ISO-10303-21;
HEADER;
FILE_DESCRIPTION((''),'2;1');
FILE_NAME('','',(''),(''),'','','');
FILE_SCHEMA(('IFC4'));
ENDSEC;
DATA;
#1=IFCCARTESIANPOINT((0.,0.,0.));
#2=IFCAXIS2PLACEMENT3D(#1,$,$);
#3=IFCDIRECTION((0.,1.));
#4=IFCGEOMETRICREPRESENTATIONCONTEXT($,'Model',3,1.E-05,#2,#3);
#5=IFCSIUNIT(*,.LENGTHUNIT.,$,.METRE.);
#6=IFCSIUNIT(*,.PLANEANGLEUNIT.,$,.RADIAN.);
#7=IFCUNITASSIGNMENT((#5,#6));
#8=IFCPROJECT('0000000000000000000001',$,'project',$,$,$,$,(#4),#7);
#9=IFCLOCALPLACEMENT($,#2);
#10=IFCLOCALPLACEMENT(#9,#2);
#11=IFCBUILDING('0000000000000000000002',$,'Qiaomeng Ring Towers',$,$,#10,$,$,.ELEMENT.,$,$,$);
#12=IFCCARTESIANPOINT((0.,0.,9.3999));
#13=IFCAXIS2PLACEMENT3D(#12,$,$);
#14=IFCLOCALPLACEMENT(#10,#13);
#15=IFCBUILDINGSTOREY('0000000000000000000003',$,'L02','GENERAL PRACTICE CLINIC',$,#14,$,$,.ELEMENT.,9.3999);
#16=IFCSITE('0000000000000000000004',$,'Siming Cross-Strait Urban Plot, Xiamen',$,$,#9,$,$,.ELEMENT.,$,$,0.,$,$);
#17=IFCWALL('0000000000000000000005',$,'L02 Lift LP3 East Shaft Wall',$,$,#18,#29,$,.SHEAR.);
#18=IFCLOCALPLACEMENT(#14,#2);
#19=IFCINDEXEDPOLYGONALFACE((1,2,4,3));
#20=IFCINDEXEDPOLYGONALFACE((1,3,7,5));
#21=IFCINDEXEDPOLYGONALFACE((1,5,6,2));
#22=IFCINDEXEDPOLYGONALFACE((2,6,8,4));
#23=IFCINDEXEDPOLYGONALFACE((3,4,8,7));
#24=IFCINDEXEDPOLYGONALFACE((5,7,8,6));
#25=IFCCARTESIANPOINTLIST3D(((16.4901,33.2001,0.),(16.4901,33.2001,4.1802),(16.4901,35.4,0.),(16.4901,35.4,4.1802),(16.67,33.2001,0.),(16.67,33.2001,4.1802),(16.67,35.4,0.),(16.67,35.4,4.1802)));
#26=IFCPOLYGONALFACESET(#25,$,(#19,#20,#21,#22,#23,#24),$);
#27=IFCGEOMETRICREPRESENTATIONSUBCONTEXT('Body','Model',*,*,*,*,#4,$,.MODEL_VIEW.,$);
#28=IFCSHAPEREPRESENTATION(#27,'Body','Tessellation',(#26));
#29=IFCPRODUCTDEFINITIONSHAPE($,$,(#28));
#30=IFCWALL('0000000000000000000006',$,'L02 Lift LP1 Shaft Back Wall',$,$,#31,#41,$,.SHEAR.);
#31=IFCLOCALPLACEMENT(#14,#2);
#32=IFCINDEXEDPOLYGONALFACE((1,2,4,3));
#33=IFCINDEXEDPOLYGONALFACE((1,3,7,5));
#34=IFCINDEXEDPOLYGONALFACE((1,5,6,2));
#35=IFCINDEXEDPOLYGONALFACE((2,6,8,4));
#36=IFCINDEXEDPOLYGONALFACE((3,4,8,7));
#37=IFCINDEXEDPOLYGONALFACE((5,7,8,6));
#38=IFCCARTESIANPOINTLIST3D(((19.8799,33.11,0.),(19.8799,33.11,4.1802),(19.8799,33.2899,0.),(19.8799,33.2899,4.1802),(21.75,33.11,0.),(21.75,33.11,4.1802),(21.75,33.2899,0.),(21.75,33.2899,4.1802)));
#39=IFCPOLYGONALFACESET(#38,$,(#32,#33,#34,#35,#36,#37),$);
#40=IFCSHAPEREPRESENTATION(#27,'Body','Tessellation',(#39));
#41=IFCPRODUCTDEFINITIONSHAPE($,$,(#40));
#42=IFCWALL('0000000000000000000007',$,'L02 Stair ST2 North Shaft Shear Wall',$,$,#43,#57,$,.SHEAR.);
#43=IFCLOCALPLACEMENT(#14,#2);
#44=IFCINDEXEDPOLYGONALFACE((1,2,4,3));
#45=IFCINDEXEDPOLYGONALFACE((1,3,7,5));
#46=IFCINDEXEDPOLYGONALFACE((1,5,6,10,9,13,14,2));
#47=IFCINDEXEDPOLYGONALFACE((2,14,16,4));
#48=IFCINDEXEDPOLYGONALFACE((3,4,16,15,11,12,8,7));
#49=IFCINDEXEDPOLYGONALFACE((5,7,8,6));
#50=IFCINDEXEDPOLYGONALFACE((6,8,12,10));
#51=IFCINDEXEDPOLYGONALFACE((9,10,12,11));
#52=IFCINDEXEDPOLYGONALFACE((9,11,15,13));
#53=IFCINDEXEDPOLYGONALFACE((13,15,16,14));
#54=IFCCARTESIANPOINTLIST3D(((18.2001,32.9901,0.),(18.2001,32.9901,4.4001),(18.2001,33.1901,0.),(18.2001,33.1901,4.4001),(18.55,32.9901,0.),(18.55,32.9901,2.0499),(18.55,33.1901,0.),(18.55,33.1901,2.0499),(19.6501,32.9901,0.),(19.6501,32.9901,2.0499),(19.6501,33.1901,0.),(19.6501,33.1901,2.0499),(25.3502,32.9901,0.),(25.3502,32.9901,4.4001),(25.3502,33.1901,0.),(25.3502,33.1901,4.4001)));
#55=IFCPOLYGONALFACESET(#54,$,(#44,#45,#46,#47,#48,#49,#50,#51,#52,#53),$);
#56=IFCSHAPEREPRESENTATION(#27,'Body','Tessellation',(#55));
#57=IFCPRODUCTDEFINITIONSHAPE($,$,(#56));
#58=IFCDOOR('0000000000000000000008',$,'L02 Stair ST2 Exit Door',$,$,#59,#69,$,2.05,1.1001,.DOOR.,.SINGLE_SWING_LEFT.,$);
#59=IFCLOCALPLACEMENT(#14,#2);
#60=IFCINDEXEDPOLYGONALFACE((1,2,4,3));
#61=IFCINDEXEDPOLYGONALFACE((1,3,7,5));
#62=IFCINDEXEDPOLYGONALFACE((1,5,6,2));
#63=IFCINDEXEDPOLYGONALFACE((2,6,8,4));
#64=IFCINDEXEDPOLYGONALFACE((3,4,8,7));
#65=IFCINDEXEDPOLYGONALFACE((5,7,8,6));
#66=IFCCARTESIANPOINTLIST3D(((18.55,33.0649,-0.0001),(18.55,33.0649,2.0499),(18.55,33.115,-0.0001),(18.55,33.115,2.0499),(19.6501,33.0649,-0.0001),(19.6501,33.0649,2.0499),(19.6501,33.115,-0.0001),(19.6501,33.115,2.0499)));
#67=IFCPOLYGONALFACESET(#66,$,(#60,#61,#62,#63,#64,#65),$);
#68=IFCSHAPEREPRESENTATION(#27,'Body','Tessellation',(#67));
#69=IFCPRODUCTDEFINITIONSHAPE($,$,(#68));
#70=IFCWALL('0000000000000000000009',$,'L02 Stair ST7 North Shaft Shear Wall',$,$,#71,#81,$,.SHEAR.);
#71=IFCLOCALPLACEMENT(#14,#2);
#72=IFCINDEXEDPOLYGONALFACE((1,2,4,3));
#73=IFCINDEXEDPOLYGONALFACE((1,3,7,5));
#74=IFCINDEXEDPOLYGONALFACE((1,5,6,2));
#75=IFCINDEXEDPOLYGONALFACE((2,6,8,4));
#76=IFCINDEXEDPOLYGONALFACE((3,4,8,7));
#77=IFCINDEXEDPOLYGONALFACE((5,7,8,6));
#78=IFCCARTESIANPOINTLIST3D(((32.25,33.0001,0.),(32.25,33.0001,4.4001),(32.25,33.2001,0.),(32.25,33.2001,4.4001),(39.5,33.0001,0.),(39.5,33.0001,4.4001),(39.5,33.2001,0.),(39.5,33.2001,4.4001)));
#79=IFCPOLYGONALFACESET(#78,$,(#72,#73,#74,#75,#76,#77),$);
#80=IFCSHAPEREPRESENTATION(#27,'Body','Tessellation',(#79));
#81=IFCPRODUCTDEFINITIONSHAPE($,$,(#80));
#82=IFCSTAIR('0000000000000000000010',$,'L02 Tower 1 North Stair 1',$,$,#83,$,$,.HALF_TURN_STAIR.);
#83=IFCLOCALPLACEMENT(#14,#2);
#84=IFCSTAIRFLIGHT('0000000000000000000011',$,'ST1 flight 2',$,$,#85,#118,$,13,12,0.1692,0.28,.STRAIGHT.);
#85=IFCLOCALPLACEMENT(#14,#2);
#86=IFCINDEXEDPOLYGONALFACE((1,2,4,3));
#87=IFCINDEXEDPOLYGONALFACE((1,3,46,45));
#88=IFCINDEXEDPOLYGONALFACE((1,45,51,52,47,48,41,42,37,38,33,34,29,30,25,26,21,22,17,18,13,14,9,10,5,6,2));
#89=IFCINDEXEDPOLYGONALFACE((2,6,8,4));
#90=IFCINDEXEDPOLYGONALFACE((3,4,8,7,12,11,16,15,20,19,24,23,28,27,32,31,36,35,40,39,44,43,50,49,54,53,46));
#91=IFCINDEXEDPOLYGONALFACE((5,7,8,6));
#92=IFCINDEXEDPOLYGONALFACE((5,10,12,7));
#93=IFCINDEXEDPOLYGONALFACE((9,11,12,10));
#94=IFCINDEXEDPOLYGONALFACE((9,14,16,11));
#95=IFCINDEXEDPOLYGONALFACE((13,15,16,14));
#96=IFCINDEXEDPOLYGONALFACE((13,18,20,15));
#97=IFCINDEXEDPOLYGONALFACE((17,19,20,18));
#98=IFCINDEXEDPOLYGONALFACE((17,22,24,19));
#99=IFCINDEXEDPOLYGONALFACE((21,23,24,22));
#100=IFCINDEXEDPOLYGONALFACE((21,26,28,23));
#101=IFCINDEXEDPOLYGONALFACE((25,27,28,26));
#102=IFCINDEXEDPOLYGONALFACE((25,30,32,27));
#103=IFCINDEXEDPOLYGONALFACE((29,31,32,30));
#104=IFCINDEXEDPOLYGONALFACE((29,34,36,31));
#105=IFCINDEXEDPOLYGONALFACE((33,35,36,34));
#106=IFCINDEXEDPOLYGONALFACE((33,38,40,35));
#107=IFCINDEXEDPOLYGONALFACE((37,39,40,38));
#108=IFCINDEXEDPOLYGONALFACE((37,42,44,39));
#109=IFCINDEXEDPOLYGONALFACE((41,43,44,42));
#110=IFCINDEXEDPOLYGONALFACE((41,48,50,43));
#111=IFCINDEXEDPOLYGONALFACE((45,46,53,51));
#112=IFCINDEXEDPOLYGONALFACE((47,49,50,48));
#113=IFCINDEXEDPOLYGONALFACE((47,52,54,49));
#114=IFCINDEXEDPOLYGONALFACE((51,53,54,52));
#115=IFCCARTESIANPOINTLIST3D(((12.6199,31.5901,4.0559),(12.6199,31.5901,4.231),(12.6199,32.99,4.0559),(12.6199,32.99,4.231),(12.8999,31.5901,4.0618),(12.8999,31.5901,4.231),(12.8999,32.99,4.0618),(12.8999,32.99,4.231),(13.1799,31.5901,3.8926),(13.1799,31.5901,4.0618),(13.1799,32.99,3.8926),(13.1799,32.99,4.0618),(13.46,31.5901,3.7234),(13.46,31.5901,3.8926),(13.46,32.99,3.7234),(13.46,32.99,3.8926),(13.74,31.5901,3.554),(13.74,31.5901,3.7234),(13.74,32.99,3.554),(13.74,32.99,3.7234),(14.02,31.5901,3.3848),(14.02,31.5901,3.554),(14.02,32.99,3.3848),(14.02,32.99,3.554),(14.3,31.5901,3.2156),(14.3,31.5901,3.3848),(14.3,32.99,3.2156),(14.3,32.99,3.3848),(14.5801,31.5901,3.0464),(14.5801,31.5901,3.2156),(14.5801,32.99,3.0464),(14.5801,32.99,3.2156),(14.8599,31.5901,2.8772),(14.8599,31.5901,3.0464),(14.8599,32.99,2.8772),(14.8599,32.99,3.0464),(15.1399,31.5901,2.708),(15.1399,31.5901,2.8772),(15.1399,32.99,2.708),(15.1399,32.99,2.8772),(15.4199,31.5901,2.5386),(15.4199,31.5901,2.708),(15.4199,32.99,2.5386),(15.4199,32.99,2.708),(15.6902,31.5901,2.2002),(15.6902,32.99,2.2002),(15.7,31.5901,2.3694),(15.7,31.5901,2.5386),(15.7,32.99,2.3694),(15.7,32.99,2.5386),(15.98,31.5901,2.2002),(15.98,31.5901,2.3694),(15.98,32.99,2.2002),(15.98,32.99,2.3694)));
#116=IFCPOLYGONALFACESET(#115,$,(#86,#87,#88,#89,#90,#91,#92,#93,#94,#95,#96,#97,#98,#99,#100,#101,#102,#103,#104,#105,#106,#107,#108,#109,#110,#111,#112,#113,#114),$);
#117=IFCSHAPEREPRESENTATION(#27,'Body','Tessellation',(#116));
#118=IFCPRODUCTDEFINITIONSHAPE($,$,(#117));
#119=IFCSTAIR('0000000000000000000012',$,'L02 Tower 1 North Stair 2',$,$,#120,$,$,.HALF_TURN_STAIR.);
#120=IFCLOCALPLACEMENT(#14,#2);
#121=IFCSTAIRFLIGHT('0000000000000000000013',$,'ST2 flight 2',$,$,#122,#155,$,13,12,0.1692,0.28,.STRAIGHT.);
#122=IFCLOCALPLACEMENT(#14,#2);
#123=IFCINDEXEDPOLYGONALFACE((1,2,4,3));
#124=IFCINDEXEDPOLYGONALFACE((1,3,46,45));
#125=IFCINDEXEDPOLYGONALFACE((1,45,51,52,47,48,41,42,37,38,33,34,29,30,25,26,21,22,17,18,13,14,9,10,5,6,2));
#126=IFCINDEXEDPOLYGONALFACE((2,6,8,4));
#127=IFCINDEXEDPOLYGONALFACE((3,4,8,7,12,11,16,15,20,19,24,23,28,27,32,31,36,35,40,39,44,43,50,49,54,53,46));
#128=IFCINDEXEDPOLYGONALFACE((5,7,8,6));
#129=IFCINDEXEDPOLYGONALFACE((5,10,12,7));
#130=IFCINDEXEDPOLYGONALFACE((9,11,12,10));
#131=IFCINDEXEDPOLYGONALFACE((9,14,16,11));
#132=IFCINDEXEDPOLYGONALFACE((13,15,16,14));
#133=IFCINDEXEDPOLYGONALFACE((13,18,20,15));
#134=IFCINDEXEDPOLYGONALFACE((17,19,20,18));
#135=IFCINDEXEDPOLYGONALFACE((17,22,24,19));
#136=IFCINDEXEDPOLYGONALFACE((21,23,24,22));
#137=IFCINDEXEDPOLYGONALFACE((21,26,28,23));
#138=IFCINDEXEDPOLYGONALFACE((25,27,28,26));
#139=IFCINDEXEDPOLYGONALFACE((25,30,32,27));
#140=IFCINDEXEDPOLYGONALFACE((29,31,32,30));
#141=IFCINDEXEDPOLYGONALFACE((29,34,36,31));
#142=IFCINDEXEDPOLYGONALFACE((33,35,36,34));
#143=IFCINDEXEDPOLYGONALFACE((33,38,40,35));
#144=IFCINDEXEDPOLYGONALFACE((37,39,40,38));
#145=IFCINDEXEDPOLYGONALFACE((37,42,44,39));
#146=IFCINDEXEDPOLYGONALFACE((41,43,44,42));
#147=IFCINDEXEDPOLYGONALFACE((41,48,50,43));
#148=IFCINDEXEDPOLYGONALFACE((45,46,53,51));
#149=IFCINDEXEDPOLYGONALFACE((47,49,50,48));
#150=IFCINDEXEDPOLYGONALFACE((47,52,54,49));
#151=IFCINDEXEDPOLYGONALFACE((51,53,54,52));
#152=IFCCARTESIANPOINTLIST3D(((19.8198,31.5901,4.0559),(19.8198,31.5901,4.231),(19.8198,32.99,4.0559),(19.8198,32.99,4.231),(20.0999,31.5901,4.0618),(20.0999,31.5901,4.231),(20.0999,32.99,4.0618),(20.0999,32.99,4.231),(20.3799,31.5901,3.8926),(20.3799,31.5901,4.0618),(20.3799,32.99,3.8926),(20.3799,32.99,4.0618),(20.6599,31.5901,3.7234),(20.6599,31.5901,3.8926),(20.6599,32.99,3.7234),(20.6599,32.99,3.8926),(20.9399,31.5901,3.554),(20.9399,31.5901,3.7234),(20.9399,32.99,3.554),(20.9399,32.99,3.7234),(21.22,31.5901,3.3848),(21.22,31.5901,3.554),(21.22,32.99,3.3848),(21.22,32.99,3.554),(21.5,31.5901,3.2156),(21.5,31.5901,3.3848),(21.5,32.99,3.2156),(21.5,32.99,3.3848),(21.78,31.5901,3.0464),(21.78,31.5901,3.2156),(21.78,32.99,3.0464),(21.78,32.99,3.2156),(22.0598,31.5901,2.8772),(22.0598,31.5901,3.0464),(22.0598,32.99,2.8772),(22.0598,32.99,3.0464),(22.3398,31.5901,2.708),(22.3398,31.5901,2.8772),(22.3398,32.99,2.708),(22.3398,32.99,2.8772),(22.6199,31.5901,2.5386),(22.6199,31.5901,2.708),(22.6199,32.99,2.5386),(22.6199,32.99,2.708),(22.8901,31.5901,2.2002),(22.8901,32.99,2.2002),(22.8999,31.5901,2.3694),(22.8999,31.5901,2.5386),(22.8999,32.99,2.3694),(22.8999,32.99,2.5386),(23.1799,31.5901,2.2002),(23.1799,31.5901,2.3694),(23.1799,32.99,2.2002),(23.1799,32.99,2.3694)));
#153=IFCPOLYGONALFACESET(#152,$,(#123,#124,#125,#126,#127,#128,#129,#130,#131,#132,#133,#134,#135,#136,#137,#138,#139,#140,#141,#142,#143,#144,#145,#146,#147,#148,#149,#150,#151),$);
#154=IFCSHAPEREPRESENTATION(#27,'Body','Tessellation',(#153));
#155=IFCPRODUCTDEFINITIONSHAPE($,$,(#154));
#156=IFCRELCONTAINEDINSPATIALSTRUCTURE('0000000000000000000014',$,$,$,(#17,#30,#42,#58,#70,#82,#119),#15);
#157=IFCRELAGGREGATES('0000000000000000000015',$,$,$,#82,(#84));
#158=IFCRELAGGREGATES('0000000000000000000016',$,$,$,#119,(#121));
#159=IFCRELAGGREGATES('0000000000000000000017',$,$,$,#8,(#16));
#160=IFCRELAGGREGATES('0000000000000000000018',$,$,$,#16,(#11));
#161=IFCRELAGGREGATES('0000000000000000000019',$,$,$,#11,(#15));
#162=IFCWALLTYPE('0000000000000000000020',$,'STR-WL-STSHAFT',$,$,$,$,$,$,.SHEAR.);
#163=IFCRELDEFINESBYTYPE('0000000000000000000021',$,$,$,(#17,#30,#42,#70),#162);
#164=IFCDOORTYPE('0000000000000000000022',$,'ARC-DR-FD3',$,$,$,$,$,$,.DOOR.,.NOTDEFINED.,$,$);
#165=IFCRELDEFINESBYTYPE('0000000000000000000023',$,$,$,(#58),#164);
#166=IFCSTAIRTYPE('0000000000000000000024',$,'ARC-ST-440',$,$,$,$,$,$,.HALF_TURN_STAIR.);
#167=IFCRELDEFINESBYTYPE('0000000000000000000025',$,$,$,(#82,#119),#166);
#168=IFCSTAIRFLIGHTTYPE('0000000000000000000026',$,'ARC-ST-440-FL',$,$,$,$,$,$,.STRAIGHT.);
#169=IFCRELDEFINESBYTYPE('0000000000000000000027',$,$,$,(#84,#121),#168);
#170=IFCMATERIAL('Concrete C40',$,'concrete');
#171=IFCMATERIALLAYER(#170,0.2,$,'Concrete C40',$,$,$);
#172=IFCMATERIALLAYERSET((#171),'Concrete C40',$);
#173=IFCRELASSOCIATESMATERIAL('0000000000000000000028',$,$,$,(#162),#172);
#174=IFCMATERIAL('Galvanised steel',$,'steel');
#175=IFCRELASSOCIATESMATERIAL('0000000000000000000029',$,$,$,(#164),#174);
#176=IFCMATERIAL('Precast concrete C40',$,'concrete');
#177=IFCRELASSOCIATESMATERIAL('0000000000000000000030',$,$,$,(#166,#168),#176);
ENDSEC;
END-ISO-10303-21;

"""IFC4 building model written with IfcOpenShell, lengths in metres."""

from ifc_helpers import new_model, si_unit, direction, frame, frame_2d, origin, place, context, subcontext, project, spatial, polyline, rectangle, outline, extrude, source, transform, mapped, material, layer, layer_set, type_object, element, fill, aggregate, save


model = new_model("IFC4")

# Units and contexts
model_context = context("Model", 3, precision=1e-05, world=origin(), true_north=direction((0.0, 1.0)))
body_context = subcontext(model_context, "Body", "Model", "MODEL_VIEW")
ifc_project = project(units=[si_unit("LENGTHUNIT", "METRE"), si_unit("PLANEANGLEUNIT", "RADIAN")], contexts=[model_context])

# Site, building, storey
site_placement = place(None, origin())
site = spatial("IfcSite", under=ifc_project, at=site_placement, Name="Siming Cross-Strait Urban Plot, Xiamen", CompositionType="ELEMENT", RefElevation=0.0)
building_placement = place(site_placement, origin())
building = spatial("IfcBuilding", under=site, at=building_placement, Name="Qiaomeng Ring Towers", CompositionType="ELEMENT")
storey_placement = place(building_placement, frame((0.0, 0.0, 9.3999)))
storey = spatial("IfcBuildingStorey", under=building, at=storey_placement, Name="L02", Description="GENERAL PRACTICE CLINIC", CompositionType="ELEMENT", Elevation=9.3999)

# Walls
ifc_material_1 = material(Name="Concrete C40", Category="concrete")
ifc_layer_1 = layer(ifc_material_1, 0.2, Name="Concrete C40")
ifc_layer_set_1 = layer_set([ifc_layer_1], Name="Concrete C40")
wall_type_1 = type_object("IfcWallType", Name="STR-WL-STSHAFT", PredefinedType="SHEAR", material=ifc_layer_set_1)
wall_1_placement = place(storey_placement, frame((16.5801, 33.2, 0.0), z_axis=(0.0, 0.0, 1.0), x_axis=(0.0, 1.0, 0.0)))
element("IfcWall", 1, at=wall_1_placement, inside=storey, type_object=wall_type_1, Name="L02 Lift LP3 East Shaft Wall", PredefinedType="SHEAR", context=body_context, shape_type="SweptSolid", body=[
    extrude(rectangle(XDim=2.2, YDim=0.1799, at=frame_2d((1.1001, 0.0))), origin(), (0.0, 0.0, 1.0), 4.1802),
])
wall_2_placement = place(storey_placement, frame((19.8799, 33.2, 0.0), z_axis=(0.0, 0.0, 1.0), x_axis=(1.0, 0.0, 0.0)))
element("IfcWall", 2, at=wall_2_placement, inside=storey, type_object=wall_type_1, Name="L02 Lift LP1 Shaft Back Wall", PredefinedType="SHEAR", context=body_context, shape_type="SweptSolid", body=[
    extrude(rectangle(XDim=1.8701, YDim=0.1799, at=frame_2d((0.9351, 0.0))), origin(), (0.0, 0.0, 1.0), 4.1802),
])

# Wall, opening, door
wall_3_placement = place(storey_placement, frame((18.2, 33.0901, 0.0), z_axis=(0.0, 0.0, 1.0), x_axis=(1.0, 0.0, 0.0)))
wall_3 = element("IfcWall", 3, at=wall_3_placement, inside=storey, type_object=wall_type_1, Name="L02 Stair ST2 North Shaft Shear Wall", PredefinedType="SHEAR", context=body_context, shape_type="SweptSolid", body=[
    extrude(rectangle(XDim=7.1501, YDim=0.2, at=frame_2d((3.5752, 0.0))), origin(), (0.0, 0.0, 1.0), 4.4001),
])
opening_1_placement = place(wall_3_placement, frame((0.3501, 0.0, 0.0)))
opening_1 = element("IfcOpeningElement", 4, at=opening_1_placement, cuts=wall_3, PredefinedType="OPENING", context=body_context, shape_type="SweptSolid", body=[
    extrude(rectangle(XDim=1.1001, YDim=2.05, at=frame_2d((0.55, 1.0249))), frame((0.0, 0.1099, 0.0), z_axis=(0.0, -1.0, 0.0), x_axis=(1.0, 0.0, 0.0)), (0.0, 0.0, 1.0), 0.22),
])
ifc_material_2 = material(Name="Galvanised steel", Category="steel")
door_type_1 = type_object("IfcDoorType", Name="ARC-DR-FD3", OperationType="NOTDEFINED", PredefinedType="DOOR", material=ifc_material_2)
shared_shape_1 = source(origin(), body_context, "Body", "SweptSolid", [
    extrude(rectangle(XDim=1.1001, YDim=2.05, at=frame_2d((0.55, 1.0249))), frame((0.0, 0.0249, 0.0), z_axis=(0.0, -1.0, 0.0), x_axis=(1.0, 0.0, 0.0)), (0.0, 0.0, 1.0), 0.05),
])
door_1_placement = place(opening_1_placement, origin())
door_1 = element("IfcDoor", 5, at=door_1_placement, inside=storey, type_object=door_type_1, Name="L02 Stair ST2 Exit Door", OperationType="SINGLE_SWING_LEFT", OverallHeight=2.05, OverallWidth=1.1001, PredefinedType="DOOR", context=body_context, shape_type="MappedRepresentation", body=[
    mapped(shared_shape_1, transform((0.0, 0.0, 0.0), x_axis=(1.0, 0.0, 0.0), y_axis=(0.0, 1.0, 0.0), z_axis=(0.0, 0.0, 1.0), scale=1.0)),
])
fill(opening_1, door_1)

# Wall
wall_4_placement = place(storey_placement, frame((32.25, 33.1001, 0.0), z_axis=(0.0, 0.0, 1.0), x_axis=(1.0, 0.0, 0.0)))
element("IfcWall", 6, at=wall_4_placement, inside=storey, type_object=wall_type_1, Name="L02 Stair ST7 North Shaft Shear Wall", PredefinedType="SHEAR", context=body_context, shape_type="SweptSolid", body=[
    extrude(rectangle(XDim=7.25, YDim=0.2, at=frame_2d((3.625, 0.0))), origin(), (0.0, 0.0, 1.0), 4.4001),
])

# Stairs, stair flights
ifc_material_3 = material(Name="Precast concrete C40", Category="concrete")
stair_type = type_object("IfcStairType", Name="ARC-ST-440", PredefinedType="HALF_TURN_STAIR", material=ifc_material_3)
stair_1_placement = place(storey_placement, origin())
stair_1 = element("IfcStair", 7, at=stair_1_placement, inside=storey, type_object=stair_type, Name="L02 Tower 1 North Stair 1", PredefinedType="HALF_TURN_STAIR")
stair_flight_type = type_object("IfcStairFlightType", Name="ARC-ST-440-FL", PredefinedType="STRAIGHT", material=ifc_material_3)
shared_shape_2 = source(origin(), body_context, "Body", "SweptSolid", [
    extrude(outline(polyline([(0.0, 0.0), (0.0, 0.1692), (0.28, 0.1692), (0.28, 0.3384), (0.5601, 0.3384), (0.5601, 0.5078), (0.8401, 0.5078), (0.8401, 0.677), (1.1201, 0.677), (1.1201, 0.8462), (1.3999, 0.8462), (1.3999, 1.0154), (1.6799, 1.0154), (1.6799, 1.1846), (1.96, 1.1846), (1.96, 1.3538), (2.24, 1.3538), (2.24, 1.5232), (2.52, 1.5232), (2.52, 1.6924), (2.8, 1.6924), (2.8, 1.8616), (3.0801, 1.8616), (3.0801, 2.0308), (3.3601, 2.0308), (3.3601, 2.2), (3.3601, 1.8557), (0.2898, 0.0), (0.0, 0.0)])), frame((0.0, 0.7, 0.0), z_axis=(0.0, -1.0, 0.0), x_axis=(1.0, 0.0, 0.0)), (0.0, 0.0, 1.0), 1.3999),
])
stair_flight_1_placement = place(storey_placement, frame((15.98, 32.29, 2.2002), z_axis=(0.0, 0.0, 1.0), x_axis=(-1.0, 0.0, 0.0)))
stair_flight_1 = element("IfcStairFlight", 8, at=stair_flight_1_placement, type_object=stair_flight_type, Name="ST1 flight 2", NumberOfRisers=13, NumberOfTreads=12, PredefinedType="STRAIGHT", RiserHeight=0.1692, TreadLength=0.28, context=body_context, shape_type="MappedRepresentation", body=[
    mapped(shared_shape_2, transform((0.0, 0.0, 0.0), x_axis=(1.0, 0.0, 0.0), y_axis=(0.0, 1.0, 0.0), z_axis=(0.0, 0.0, 1.0), scale=1.0)),
])
aggregate(stair_1, [stair_flight_1])
stair_2_placement = place(storey_placement, origin())
stair_2 = element("IfcStair", 9, at=stair_2_placement, inside=storey, type_object=stair_type, Name="L02 Tower 1 North Stair 2", PredefinedType="HALF_TURN_STAIR")
stair_flight_2_placement = place(storey_placement, frame((23.1799, 32.29, 2.2002), z_axis=(0.0, 0.0, 1.0), x_axis=(-1.0, 0.0, 0.0)))
stair_flight_2 = element("IfcStairFlight", 10, at=stair_flight_2_placement, type_object=stair_flight_type, Name="ST2 flight 2", NumberOfRisers=13, NumberOfTreads=12, PredefinedType="STRAIGHT", RiserHeight=0.1692, TreadLength=0.28, context=body_context, shape_type="MappedRepresentation", body=[
    mapped(shared_shape_2, transform((0.0, 0.0, 0.0), x_axis=(1.0, 0.0, 0.0), y_axis=(0.0, 1.0, 0.0), z_axis=(0.0, 0.0, 1.0), scale=1.0)),
])
aggregate(stair_2, [stair_flight_2])

save(model, "model.ifc")
